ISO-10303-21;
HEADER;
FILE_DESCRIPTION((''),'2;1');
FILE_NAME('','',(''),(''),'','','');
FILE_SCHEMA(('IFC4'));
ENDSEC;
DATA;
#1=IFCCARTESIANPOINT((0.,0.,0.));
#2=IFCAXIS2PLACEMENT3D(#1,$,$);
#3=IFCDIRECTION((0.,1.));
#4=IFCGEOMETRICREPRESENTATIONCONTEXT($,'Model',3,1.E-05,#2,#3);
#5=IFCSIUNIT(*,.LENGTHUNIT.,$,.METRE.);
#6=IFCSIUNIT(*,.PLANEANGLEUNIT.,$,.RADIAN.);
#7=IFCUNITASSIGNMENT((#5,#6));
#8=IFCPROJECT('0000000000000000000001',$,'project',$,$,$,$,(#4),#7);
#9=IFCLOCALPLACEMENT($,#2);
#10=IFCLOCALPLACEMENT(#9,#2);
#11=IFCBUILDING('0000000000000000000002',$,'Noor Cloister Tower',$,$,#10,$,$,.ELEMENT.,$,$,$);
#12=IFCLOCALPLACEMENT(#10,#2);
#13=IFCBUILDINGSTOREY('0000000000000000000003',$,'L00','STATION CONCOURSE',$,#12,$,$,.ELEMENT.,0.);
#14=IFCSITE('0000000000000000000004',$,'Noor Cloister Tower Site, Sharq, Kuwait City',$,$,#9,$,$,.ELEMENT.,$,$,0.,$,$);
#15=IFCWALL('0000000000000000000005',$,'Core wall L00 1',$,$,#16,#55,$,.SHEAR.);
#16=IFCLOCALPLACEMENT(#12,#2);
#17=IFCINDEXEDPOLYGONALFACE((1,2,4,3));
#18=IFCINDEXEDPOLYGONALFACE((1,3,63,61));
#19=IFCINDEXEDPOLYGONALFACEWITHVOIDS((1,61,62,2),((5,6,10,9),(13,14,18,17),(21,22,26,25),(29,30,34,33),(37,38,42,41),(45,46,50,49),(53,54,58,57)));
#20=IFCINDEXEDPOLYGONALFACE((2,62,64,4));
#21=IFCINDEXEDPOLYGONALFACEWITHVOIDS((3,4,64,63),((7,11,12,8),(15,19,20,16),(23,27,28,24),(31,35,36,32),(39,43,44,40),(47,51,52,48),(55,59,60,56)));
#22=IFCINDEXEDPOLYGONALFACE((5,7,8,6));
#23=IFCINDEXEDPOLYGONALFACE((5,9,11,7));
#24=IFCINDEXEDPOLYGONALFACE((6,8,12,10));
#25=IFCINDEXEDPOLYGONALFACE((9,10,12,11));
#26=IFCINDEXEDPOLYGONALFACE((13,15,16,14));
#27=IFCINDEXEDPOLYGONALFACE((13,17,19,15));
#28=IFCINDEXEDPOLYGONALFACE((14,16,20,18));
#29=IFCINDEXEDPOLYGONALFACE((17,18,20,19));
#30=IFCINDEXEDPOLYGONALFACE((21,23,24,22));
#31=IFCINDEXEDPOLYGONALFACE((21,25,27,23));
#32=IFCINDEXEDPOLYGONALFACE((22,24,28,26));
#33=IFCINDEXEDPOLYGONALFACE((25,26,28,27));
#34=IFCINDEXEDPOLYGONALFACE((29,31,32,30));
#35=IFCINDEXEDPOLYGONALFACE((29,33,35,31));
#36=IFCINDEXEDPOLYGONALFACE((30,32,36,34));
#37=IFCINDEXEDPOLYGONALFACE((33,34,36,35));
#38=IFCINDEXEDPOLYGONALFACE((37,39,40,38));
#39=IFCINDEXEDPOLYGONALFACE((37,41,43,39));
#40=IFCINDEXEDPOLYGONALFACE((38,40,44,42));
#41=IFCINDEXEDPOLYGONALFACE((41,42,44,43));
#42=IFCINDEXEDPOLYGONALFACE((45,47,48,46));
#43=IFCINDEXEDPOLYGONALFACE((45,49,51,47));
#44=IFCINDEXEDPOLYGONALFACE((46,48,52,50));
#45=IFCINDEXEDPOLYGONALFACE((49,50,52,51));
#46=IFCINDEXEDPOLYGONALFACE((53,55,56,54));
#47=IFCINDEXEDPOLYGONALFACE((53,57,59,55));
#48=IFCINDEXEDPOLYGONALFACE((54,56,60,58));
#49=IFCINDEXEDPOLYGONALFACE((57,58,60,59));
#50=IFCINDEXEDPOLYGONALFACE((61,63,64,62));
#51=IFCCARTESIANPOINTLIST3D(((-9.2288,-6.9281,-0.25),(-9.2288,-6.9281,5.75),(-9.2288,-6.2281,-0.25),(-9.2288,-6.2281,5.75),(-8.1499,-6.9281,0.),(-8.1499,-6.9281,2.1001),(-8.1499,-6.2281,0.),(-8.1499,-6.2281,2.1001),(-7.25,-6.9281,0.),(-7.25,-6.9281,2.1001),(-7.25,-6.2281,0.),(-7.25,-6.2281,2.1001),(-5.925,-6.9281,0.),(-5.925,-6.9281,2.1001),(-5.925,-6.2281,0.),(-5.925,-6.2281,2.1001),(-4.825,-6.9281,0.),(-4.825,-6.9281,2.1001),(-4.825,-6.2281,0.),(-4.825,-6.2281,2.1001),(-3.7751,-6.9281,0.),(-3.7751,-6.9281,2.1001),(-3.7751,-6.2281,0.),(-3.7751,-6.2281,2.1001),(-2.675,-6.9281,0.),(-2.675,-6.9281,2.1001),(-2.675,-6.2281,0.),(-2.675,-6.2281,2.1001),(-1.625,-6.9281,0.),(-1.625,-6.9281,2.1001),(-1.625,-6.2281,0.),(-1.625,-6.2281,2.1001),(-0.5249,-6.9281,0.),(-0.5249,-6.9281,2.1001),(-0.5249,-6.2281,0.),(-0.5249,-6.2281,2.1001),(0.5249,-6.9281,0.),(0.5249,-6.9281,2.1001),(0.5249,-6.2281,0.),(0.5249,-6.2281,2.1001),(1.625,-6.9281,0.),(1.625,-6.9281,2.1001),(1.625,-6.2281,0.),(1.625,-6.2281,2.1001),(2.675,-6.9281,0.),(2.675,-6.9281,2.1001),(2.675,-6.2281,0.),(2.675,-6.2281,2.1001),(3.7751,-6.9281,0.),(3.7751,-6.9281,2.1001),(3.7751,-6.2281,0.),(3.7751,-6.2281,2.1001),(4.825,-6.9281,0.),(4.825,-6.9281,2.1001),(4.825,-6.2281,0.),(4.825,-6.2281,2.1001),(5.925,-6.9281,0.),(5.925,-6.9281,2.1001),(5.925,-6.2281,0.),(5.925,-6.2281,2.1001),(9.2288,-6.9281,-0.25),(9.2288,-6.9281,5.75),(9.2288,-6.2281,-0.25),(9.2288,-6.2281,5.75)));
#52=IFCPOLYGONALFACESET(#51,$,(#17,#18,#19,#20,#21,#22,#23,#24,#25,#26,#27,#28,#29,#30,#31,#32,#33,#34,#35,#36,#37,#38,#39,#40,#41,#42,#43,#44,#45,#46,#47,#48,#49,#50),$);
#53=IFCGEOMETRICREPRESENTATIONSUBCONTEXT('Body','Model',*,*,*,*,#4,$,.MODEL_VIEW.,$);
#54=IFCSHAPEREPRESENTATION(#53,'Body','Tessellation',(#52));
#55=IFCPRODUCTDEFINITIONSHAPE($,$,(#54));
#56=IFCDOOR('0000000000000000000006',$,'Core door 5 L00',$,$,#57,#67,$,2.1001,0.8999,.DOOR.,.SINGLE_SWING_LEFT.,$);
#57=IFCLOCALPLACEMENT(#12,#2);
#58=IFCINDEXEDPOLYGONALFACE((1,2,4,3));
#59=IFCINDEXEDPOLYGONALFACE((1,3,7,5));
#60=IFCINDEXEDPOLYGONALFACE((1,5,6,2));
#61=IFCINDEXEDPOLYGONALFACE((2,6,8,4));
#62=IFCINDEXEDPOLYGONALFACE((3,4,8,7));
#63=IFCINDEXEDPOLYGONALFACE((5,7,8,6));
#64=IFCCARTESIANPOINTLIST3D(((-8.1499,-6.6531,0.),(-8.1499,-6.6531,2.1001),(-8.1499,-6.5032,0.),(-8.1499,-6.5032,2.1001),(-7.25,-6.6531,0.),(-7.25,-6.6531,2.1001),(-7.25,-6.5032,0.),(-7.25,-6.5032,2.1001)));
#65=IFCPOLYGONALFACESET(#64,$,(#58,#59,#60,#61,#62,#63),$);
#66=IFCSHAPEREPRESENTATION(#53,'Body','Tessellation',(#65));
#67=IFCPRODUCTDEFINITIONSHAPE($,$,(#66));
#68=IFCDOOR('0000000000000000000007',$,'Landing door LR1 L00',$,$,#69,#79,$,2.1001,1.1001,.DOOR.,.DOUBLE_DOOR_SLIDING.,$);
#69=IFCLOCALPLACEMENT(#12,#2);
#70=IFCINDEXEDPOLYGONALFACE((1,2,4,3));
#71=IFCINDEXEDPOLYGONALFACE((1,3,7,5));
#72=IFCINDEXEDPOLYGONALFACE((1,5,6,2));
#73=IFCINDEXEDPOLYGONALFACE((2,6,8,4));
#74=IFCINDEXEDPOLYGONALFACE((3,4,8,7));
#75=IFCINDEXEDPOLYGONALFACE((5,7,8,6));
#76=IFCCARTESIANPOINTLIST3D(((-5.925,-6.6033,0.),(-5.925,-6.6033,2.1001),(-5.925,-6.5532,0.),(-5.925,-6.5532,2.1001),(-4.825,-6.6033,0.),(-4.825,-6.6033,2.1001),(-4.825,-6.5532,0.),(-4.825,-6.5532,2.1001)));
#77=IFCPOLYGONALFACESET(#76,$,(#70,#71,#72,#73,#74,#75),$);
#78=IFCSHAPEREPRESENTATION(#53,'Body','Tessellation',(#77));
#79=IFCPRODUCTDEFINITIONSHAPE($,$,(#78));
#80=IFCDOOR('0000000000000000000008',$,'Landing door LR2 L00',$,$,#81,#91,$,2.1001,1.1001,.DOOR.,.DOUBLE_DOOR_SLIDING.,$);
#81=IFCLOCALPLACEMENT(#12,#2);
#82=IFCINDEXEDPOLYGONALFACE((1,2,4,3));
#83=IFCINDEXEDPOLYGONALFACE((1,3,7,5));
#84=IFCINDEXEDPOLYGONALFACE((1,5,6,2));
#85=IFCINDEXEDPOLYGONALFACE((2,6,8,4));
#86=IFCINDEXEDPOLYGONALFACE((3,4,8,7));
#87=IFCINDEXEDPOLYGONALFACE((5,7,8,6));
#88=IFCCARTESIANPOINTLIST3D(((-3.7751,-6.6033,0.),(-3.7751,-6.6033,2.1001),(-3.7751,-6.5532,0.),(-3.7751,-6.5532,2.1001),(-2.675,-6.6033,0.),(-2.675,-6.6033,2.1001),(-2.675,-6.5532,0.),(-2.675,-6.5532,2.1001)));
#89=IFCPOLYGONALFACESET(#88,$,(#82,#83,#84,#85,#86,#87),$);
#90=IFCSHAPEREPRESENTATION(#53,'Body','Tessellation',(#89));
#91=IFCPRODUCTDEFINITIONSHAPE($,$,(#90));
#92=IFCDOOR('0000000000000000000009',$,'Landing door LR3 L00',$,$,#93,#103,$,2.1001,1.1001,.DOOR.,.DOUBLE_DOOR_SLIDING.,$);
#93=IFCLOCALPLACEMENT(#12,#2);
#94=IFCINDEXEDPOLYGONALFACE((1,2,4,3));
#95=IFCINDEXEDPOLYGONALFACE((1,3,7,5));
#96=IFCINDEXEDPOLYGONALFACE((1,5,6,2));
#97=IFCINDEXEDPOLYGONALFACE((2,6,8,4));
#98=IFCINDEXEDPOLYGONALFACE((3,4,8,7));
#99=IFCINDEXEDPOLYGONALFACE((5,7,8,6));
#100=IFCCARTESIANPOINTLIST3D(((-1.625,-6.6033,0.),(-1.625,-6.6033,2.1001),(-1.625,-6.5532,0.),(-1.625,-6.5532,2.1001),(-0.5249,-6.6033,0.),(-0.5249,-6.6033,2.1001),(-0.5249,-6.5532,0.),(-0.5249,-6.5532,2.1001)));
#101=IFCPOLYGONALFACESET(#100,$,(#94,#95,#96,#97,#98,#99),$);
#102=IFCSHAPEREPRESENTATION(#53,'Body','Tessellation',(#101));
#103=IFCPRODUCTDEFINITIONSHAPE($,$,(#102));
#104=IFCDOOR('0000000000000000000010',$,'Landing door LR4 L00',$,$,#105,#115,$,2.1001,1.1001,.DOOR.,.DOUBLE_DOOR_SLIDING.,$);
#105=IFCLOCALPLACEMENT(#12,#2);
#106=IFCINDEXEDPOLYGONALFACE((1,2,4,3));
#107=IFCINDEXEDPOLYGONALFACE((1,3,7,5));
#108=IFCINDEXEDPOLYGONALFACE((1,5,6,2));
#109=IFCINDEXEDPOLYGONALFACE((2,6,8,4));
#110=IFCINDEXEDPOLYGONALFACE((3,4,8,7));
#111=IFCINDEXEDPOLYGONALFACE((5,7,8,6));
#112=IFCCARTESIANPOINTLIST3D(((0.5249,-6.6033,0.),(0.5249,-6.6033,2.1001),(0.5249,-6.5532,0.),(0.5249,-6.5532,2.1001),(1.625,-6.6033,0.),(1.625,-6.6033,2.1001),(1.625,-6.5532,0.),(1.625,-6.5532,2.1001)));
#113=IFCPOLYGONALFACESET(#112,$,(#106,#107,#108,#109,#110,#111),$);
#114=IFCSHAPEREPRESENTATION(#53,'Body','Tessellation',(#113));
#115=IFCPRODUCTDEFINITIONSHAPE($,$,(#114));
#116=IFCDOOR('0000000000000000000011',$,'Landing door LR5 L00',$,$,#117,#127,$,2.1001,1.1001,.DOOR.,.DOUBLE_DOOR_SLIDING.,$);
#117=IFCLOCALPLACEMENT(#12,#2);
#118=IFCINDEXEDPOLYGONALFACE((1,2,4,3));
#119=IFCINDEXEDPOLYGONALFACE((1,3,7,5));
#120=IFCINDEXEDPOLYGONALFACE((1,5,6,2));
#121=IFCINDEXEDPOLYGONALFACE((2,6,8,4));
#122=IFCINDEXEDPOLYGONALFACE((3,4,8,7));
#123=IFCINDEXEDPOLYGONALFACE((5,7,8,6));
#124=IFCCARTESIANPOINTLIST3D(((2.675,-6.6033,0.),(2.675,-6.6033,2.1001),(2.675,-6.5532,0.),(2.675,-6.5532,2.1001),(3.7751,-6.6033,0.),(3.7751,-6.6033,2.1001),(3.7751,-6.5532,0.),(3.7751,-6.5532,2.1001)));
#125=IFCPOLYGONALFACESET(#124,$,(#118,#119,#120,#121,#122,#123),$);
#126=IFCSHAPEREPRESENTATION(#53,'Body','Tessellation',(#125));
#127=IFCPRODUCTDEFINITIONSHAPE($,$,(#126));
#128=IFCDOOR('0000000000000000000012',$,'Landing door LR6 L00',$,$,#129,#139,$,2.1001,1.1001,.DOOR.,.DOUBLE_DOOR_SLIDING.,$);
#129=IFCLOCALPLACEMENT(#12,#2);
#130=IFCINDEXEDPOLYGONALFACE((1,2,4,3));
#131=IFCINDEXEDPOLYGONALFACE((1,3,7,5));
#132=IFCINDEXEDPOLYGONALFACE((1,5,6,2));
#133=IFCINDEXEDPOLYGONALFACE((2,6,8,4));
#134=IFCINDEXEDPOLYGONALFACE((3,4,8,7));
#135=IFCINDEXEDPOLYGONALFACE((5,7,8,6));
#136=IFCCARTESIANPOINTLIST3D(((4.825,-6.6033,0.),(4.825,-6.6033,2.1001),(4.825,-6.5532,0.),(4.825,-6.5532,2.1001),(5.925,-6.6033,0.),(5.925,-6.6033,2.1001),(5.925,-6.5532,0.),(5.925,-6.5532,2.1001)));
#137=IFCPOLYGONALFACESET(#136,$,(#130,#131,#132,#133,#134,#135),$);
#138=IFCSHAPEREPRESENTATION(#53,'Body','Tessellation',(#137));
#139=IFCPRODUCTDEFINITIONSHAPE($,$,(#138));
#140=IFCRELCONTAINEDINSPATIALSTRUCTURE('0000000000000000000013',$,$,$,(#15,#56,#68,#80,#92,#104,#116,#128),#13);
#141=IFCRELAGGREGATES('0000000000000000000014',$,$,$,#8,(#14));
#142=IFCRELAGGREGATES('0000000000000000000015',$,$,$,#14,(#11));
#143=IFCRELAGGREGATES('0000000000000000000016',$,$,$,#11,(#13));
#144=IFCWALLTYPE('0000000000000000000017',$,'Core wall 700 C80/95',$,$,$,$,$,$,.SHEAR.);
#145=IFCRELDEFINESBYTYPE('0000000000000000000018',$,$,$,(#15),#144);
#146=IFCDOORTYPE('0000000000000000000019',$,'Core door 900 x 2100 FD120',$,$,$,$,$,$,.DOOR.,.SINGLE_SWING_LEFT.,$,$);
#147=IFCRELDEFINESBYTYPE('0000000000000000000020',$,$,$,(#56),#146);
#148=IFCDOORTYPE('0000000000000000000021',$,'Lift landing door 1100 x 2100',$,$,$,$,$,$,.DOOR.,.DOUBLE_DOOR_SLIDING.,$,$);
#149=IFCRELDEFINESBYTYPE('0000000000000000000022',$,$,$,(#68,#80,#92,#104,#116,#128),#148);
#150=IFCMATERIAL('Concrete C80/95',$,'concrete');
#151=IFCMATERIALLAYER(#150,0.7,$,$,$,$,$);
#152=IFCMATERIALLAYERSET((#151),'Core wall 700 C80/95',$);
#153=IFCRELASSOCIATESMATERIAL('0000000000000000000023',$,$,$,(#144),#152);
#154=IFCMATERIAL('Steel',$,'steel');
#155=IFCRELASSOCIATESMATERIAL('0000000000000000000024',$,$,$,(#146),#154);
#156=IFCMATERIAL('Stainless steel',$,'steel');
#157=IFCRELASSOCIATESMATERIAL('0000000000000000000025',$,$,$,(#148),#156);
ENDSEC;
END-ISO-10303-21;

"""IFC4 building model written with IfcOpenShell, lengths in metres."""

from ifc_helpers import new_model, si_unit, direction, frame, frame_2d, origin, place, context, subcontext, project, spatial, rectangle, extrude, material, layer, layer_set, type_object, element, fill, save


model = new_model("IFC4")

# Units and contexts
model_context = context("Model", 3, precision=1e-05, world=origin(), true_north=direction((0.0, 1.0)))
body_context = subcontext(model_context, "Body", "Model", "MODEL_VIEW")
ifc_project = project(units=[si_unit("LENGTHUNIT", "METRE"), si_unit("PLANEANGLEUNIT", "RADIAN")], contexts=[model_context])

# Site, building, storey
site_placement = place(None, origin())
site = spatial("IfcSite", under=ifc_project, at=site_placement, Name="Noor Cloister Tower Site, Sharq, Kuwait City", CompositionType="ELEMENT", RefElevation=0.0)
building_placement = place(site_placement, origin())
building = spatial("IfcBuilding", under=site, at=building_placement, Name="Noor Cloister Tower", CompositionType="ELEMENT")
storey_placement = place(building_placement, origin())
storey = spatial("IfcBuildingStorey", under=building, at=storey_placement, Name="L00", Description="STATION CONCOURSE", CompositionType="ELEMENT", Elevation=0.0)

# Wall, openings, doors
ifc_material_1 = material(Name="Concrete C80/95", Category="concrete")
ifc_layer_1 = layer(ifc_material_1, 0.7)
ifc_layer_set_1 = layer_set([ifc_layer_1], Name="Core wall 700 C80/95")
wall_type_1 = type_object("IfcWallType", Name="Core wall 700 C80/95", PredefinedType="SHEAR", material=ifc_layer_set_1)
wall_1_placement = place(storey_placement, frame((-9.2288, -6.5781, -0.25), z_axis=(0.0, 0.0, 1.0), x_axis=(1.0, 0.0, 0.0)))
wall_1 = element("IfcWall", 1, at=wall_1_placement, inside=storey, type_object=wall_type_1, Name="Core wall L00 1", PredefinedType="SHEAR", context=body_context, shape_type="SweptSolid", body=[
    extrude(rectangle(XDim=18.4575, YDim=0.7, at=frame_2d((9.2288, 0.0))), origin(), (0.0, 0.0, 1.0), 6.0),
])
opening_1_placement = place(wall_1_placement, frame((3.3037, 0.0, 0.25)))
opening_1 = element("IfcOpeningElement", 2, at=opening_1_placement, cuts=wall_1, PredefinedType="OPENING", context=body_context, shape_type="SweptSolid", body=[
    extrude(rectangle(XDim=1.1001, YDim=2.1001, at=frame_2d((0.55, 1.05))), frame((0.0, 0.3599, 0.0), z_axis=(0.0, -1.0, 0.0), x_axis=(1.0, 0.0, 0.0)), (0.0, 0.0, 1.0), 0.72),
])
opening_2_placement = place(wall_1_placement, frame((5.4536, 0.0, 0.25)))
opening_2 = element("IfcOpeningElement", 3, at=opening_2_placement, cuts=wall_1, PredefinedType="OPENING", context=body_context, shape_type="SweptSolid", body=[
    extrude(rectangle(XDim=1.1001, YDim=2.1001, at=frame_2d((0.55, 1.05))), frame((0.0, 0.3599, 0.0), z_axis=(0.0, -1.0, 0.0), x_axis=(1.0, 0.0, 0.0)), (0.0, 0.0, 1.0), 0.72),
])
opening_3_placement = place(wall_1_placement, frame((7.6038, 0.0, 0.25)))
opening_3 = element("IfcOpeningElement", 4, at=opening_3_placement, cuts=wall_1, PredefinedType="OPENING", context=body_context, shape_type="SweptSolid", body=[
    extrude(rectangle(XDim=1.1001, YDim=2.1001, at=frame_2d((0.55, 1.05))), frame((0.0, 0.3599, 0.0), z_axis=(0.0, -1.0, 0.0), x_axis=(1.0, 0.0, 0.0)), (0.0, 0.0, 1.0), 0.72),
])
opening_4_placement = place(wall_1_placement, frame((9.7537, 0.0, 0.25)))
opening_4 = element("IfcOpeningElement", 5, at=opening_4_placement, cuts=wall_1, PredefinedType="OPENING", context=body_context, shape_type="SweptSolid", body=[
    extrude(rectangle(XDim=1.1001, YDim=2.1001, at=frame_2d((0.55, 1.05))), frame((0.0, 0.3599, 0.0), z_axis=(0.0, -1.0, 0.0), x_axis=(1.0, 0.0, 0.0)), (0.0, 0.0, 1.0), 0.72),
])
opening_5_placement = place(wall_1_placement, frame((11.9038, 0.0, 0.25)))
opening_5 = element("IfcOpeningElement", 6, at=opening_5_placement, cuts=wall_1, PredefinedType="OPENING", context=body_context, shape_type="SweptSolid", body=[
    extrude(rectangle(XDim=1.1001, YDim=2.1001, at=frame_2d((0.55, 1.05))), frame((0.0, 0.3599, 0.0), z_axis=(0.0, -1.0, 0.0), x_axis=(1.0, 0.0, 0.0)), (0.0, 0.0, 1.0), 0.72),
])
opening_6_placement = place(wall_1_placement, frame((14.0537, 0.0, 0.25)))
opening_6 = element("IfcOpeningElement", 7, at=opening_6_placement, cuts=wall_1, PredefinedType="OPENING", context=body_context, shape_type="SweptSolid", body=[
    extrude(rectangle(XDim=1.1001, YDim=2.1001, at=frame_2d((0.55, 1.05))), frame((0.0, 0.3599, 0.0), z_axis=(0.0, -1.0, 0.0), x_axis=(1.0, 0.0, 0.0)), (0.0, 0.0, 1.0), 0.72),
])
opening_7_placement = place(wall_1_placement, frame((1.0789, 0.0, 0.25)))
opening_7 = element("IfcOpeningElement", 8, at=opening_7_placement, cuts=wall_1, PredefinedType="OPENING", context=body_context, shape_type="SweptSolid", body=[
    extrude(rectangle(XDim=0.8999, YDim=2.1001, at=frame_2d((0.45, 1.05))), frame((0.0, 0.3599, 0.0), z_axis=(0.0, -1.0, 0.0), x_axis=(1.0, 0.0, 0.0)), (0.0, 0.0, 1.0), 0.72),
])
ifc_material_2 = material(Name="Steel", Category="steel")
door_type_1 = type_object("IfcDoorType", Name="Core door 900 x 2100 FD120", OperationType="SINGLE_SWING_LEFT", PredefinedType="DOOR", material=ifc_material_2)
door_1_placement = place(opening_7_placement, origin())
door_1 = element("IfcDoor", 9, at=door_1_placement, inside=storey, type_object=door_type_1, Name="Core door 5 L00", OperationType="SINGLE_SWING_LEFT", OverallHeight=2.1001, OverallWidth=0.8999, PredefinedType="DOOR", context=body_context, shape_type="SweptSolid", body=[
    extrude(rectangle(XDim=0.8999, YDim=2.1001, at=frame_2d((0.45, 1.05))), frame((0.0, 0.075, 0.0), z_axis=(0.0, -1.0, 0.0), x_axis=(1.0, 0.0, 0.0)), (0.0, 0.0, 1.0), 0.1499),
])
fill(opening_7, door_1)
ifc_material_3 = material(Name="Stainless steel", Category="steel")
door_type_2 = type_object("IfcDoorType", Name="Lift landing door 1100 x 2100", OperationType="DOUBLE_DOOR_SLIDING", PredefinedType="DOOR", material=ifc_material_3)
door_2_placement = place(opening_1_placement, origin())
door_2 = element("IfcDoor", 10, at=door_2_placement, inside=storey, type_object=door_type_2, Name="Landing door LR1 L00", OperationType="DOUBLE_DOOR_SLIDING", OverallHeight=2.1001, OverallWidth=1.1001, PredefinedType="DOOR", context=body_context, shape_type="SweptSolid", body=[
    extrude(rectangle(XDim=1.1001, YDim=2.1001, at=frame_2d((0.55, 1.05))), frame((0.0, 0.0249, 0.0), z_axis=(0.0, -1.0, 0.0), x_axis=(1.0, 0.0, 0.0)), (0.0, 0.0, 1.0), 0.05),
])
fill(opening_1, door_2)
door_3_placement = place(opening_2_placement, origin())
door_3 = element("IfcDoor", 11, at=door_3_placement, inside=storey, type_object=door_type_2, Name="Landing door LR2 L00", OperationType="DOUBLE_DOOR_SLIDING", OverallHeight=2.1001, OverallWidth=1.1001, PredefinedType="DOOR", context=body_context, shape_type="SweptSolid", body=[
    extrude(rectangle(XDim=1.1001, YDim=2.1001, at=frame_2d((0.55, 1.05))), frame((0.0, 0.0249, 0.0), z_axis=(0.0, -1.0, 0.0), x_axis=(1.0, 0.0, 0.0)), (0.0, 0.0, 1.0), 0.05),
])
fill(opening_2, door_3)
door_4_placement = place(opening_3_placement, origin())
door_4 = element("IfcDoor", 12, at=door_4_placement, inside=storey, type_object=door_type_2, Name="Landing door LR3 L00", OperationType="DOUBLE_DOOR_SLIDING", OverallHeight=2.1001, OverallWidth=1.1001, PredefinedType="DOOR", context=body_context, shape_type="SweptSolid", body=[
    extrude(rectangle(XDim=1.1001, YDim=2.1001, at=frame_2d((0.55, 1.05))), frame((0.0, 0.0249, 0.0), z_axis=(0.0, -1.0, 0.0), x_axis=(1.0, 0.0, 0.0)), (0.0, 0.0, 1.0), 0.05),
])
fill(opening_3, door_4)
door_5_placement = place(opening_4_placement, origin())
door_5 = element("IfcDoor", 13, at=door_5_placement, inside=storey, type_object=door_type_2, Name="Landing door LR4 L00", OperationType="DOUBLE_DOOR_SLIDING", OverallHeight=2.1001, OverallWidth=1.1001, PredefinedType="DOOR", context=body_context, shape_type="SweptSolid", body=[
    extrude(rectangle(XDim=1.1001, YDim=2.1001, at=frame_2d((0.55, 1.05))), frame((0.0, 0.0249, 0.0), z_axis=(0.0, -1.0, 0.0), x_axis=(1.0, 0.0, 0.0)), (0.0, 0.0, 1.0), 0.05),
])
fill(opening_4, door_5)
door_6_placement = place(opening_5_placement, origin())
door_6 = element("IfcDoor", 14, at=door_6_placement, inside=storey, type_object=door_type_2, Name="Landing door LR5 L00", OperationType="DOUBLE_DOOR_SLIDING", OverallHeight=2.1001, OverallWidth=1.1001, PredefinedType="DOOR", context=body_context, shape_type="SweptSolid", body=[
    extrude(rectangle(XDim=1.1001, YDim=2.1001, at=frame_2d((0.55, 1.05))), frame((0.0, 0.0249, 0.0), z_axis=(0.0, -1.0, 0.0), x_axis=(1.0, 0.0, 0.0)), (0.0, 0.0, 1.0), 0.05),
])
fill(opening_5, door_6)
door_7_placement = place(opening_6_placement, origin())
door_7 = element("IfcDoor", 15, at=door_7_placement, inside=storey, type_object=door_type_2, Name="Landing door LR6 L00", OperationType="DOUBLE_DOOR_SLIDING", OverallHeight=2.1001, OverallWidth=1.1001, PredefinedType="DOOR", context=body_context, shape_type="SweptSolid", body=[
    extrude(rectangle(XDim=1.1001, YDim=2.1001, at=frame_2d((0.55, 1.05))), frame((0.0, 0.0249, 0.0), z_axis=(0.0, -1.0, 0.0), x_axis=(1.0, 0.0, 0.0)), (0.0, 0.0, 1.0), 0.05),
])
fill(opening_6, door_7)

save(model, "model.ifc")
